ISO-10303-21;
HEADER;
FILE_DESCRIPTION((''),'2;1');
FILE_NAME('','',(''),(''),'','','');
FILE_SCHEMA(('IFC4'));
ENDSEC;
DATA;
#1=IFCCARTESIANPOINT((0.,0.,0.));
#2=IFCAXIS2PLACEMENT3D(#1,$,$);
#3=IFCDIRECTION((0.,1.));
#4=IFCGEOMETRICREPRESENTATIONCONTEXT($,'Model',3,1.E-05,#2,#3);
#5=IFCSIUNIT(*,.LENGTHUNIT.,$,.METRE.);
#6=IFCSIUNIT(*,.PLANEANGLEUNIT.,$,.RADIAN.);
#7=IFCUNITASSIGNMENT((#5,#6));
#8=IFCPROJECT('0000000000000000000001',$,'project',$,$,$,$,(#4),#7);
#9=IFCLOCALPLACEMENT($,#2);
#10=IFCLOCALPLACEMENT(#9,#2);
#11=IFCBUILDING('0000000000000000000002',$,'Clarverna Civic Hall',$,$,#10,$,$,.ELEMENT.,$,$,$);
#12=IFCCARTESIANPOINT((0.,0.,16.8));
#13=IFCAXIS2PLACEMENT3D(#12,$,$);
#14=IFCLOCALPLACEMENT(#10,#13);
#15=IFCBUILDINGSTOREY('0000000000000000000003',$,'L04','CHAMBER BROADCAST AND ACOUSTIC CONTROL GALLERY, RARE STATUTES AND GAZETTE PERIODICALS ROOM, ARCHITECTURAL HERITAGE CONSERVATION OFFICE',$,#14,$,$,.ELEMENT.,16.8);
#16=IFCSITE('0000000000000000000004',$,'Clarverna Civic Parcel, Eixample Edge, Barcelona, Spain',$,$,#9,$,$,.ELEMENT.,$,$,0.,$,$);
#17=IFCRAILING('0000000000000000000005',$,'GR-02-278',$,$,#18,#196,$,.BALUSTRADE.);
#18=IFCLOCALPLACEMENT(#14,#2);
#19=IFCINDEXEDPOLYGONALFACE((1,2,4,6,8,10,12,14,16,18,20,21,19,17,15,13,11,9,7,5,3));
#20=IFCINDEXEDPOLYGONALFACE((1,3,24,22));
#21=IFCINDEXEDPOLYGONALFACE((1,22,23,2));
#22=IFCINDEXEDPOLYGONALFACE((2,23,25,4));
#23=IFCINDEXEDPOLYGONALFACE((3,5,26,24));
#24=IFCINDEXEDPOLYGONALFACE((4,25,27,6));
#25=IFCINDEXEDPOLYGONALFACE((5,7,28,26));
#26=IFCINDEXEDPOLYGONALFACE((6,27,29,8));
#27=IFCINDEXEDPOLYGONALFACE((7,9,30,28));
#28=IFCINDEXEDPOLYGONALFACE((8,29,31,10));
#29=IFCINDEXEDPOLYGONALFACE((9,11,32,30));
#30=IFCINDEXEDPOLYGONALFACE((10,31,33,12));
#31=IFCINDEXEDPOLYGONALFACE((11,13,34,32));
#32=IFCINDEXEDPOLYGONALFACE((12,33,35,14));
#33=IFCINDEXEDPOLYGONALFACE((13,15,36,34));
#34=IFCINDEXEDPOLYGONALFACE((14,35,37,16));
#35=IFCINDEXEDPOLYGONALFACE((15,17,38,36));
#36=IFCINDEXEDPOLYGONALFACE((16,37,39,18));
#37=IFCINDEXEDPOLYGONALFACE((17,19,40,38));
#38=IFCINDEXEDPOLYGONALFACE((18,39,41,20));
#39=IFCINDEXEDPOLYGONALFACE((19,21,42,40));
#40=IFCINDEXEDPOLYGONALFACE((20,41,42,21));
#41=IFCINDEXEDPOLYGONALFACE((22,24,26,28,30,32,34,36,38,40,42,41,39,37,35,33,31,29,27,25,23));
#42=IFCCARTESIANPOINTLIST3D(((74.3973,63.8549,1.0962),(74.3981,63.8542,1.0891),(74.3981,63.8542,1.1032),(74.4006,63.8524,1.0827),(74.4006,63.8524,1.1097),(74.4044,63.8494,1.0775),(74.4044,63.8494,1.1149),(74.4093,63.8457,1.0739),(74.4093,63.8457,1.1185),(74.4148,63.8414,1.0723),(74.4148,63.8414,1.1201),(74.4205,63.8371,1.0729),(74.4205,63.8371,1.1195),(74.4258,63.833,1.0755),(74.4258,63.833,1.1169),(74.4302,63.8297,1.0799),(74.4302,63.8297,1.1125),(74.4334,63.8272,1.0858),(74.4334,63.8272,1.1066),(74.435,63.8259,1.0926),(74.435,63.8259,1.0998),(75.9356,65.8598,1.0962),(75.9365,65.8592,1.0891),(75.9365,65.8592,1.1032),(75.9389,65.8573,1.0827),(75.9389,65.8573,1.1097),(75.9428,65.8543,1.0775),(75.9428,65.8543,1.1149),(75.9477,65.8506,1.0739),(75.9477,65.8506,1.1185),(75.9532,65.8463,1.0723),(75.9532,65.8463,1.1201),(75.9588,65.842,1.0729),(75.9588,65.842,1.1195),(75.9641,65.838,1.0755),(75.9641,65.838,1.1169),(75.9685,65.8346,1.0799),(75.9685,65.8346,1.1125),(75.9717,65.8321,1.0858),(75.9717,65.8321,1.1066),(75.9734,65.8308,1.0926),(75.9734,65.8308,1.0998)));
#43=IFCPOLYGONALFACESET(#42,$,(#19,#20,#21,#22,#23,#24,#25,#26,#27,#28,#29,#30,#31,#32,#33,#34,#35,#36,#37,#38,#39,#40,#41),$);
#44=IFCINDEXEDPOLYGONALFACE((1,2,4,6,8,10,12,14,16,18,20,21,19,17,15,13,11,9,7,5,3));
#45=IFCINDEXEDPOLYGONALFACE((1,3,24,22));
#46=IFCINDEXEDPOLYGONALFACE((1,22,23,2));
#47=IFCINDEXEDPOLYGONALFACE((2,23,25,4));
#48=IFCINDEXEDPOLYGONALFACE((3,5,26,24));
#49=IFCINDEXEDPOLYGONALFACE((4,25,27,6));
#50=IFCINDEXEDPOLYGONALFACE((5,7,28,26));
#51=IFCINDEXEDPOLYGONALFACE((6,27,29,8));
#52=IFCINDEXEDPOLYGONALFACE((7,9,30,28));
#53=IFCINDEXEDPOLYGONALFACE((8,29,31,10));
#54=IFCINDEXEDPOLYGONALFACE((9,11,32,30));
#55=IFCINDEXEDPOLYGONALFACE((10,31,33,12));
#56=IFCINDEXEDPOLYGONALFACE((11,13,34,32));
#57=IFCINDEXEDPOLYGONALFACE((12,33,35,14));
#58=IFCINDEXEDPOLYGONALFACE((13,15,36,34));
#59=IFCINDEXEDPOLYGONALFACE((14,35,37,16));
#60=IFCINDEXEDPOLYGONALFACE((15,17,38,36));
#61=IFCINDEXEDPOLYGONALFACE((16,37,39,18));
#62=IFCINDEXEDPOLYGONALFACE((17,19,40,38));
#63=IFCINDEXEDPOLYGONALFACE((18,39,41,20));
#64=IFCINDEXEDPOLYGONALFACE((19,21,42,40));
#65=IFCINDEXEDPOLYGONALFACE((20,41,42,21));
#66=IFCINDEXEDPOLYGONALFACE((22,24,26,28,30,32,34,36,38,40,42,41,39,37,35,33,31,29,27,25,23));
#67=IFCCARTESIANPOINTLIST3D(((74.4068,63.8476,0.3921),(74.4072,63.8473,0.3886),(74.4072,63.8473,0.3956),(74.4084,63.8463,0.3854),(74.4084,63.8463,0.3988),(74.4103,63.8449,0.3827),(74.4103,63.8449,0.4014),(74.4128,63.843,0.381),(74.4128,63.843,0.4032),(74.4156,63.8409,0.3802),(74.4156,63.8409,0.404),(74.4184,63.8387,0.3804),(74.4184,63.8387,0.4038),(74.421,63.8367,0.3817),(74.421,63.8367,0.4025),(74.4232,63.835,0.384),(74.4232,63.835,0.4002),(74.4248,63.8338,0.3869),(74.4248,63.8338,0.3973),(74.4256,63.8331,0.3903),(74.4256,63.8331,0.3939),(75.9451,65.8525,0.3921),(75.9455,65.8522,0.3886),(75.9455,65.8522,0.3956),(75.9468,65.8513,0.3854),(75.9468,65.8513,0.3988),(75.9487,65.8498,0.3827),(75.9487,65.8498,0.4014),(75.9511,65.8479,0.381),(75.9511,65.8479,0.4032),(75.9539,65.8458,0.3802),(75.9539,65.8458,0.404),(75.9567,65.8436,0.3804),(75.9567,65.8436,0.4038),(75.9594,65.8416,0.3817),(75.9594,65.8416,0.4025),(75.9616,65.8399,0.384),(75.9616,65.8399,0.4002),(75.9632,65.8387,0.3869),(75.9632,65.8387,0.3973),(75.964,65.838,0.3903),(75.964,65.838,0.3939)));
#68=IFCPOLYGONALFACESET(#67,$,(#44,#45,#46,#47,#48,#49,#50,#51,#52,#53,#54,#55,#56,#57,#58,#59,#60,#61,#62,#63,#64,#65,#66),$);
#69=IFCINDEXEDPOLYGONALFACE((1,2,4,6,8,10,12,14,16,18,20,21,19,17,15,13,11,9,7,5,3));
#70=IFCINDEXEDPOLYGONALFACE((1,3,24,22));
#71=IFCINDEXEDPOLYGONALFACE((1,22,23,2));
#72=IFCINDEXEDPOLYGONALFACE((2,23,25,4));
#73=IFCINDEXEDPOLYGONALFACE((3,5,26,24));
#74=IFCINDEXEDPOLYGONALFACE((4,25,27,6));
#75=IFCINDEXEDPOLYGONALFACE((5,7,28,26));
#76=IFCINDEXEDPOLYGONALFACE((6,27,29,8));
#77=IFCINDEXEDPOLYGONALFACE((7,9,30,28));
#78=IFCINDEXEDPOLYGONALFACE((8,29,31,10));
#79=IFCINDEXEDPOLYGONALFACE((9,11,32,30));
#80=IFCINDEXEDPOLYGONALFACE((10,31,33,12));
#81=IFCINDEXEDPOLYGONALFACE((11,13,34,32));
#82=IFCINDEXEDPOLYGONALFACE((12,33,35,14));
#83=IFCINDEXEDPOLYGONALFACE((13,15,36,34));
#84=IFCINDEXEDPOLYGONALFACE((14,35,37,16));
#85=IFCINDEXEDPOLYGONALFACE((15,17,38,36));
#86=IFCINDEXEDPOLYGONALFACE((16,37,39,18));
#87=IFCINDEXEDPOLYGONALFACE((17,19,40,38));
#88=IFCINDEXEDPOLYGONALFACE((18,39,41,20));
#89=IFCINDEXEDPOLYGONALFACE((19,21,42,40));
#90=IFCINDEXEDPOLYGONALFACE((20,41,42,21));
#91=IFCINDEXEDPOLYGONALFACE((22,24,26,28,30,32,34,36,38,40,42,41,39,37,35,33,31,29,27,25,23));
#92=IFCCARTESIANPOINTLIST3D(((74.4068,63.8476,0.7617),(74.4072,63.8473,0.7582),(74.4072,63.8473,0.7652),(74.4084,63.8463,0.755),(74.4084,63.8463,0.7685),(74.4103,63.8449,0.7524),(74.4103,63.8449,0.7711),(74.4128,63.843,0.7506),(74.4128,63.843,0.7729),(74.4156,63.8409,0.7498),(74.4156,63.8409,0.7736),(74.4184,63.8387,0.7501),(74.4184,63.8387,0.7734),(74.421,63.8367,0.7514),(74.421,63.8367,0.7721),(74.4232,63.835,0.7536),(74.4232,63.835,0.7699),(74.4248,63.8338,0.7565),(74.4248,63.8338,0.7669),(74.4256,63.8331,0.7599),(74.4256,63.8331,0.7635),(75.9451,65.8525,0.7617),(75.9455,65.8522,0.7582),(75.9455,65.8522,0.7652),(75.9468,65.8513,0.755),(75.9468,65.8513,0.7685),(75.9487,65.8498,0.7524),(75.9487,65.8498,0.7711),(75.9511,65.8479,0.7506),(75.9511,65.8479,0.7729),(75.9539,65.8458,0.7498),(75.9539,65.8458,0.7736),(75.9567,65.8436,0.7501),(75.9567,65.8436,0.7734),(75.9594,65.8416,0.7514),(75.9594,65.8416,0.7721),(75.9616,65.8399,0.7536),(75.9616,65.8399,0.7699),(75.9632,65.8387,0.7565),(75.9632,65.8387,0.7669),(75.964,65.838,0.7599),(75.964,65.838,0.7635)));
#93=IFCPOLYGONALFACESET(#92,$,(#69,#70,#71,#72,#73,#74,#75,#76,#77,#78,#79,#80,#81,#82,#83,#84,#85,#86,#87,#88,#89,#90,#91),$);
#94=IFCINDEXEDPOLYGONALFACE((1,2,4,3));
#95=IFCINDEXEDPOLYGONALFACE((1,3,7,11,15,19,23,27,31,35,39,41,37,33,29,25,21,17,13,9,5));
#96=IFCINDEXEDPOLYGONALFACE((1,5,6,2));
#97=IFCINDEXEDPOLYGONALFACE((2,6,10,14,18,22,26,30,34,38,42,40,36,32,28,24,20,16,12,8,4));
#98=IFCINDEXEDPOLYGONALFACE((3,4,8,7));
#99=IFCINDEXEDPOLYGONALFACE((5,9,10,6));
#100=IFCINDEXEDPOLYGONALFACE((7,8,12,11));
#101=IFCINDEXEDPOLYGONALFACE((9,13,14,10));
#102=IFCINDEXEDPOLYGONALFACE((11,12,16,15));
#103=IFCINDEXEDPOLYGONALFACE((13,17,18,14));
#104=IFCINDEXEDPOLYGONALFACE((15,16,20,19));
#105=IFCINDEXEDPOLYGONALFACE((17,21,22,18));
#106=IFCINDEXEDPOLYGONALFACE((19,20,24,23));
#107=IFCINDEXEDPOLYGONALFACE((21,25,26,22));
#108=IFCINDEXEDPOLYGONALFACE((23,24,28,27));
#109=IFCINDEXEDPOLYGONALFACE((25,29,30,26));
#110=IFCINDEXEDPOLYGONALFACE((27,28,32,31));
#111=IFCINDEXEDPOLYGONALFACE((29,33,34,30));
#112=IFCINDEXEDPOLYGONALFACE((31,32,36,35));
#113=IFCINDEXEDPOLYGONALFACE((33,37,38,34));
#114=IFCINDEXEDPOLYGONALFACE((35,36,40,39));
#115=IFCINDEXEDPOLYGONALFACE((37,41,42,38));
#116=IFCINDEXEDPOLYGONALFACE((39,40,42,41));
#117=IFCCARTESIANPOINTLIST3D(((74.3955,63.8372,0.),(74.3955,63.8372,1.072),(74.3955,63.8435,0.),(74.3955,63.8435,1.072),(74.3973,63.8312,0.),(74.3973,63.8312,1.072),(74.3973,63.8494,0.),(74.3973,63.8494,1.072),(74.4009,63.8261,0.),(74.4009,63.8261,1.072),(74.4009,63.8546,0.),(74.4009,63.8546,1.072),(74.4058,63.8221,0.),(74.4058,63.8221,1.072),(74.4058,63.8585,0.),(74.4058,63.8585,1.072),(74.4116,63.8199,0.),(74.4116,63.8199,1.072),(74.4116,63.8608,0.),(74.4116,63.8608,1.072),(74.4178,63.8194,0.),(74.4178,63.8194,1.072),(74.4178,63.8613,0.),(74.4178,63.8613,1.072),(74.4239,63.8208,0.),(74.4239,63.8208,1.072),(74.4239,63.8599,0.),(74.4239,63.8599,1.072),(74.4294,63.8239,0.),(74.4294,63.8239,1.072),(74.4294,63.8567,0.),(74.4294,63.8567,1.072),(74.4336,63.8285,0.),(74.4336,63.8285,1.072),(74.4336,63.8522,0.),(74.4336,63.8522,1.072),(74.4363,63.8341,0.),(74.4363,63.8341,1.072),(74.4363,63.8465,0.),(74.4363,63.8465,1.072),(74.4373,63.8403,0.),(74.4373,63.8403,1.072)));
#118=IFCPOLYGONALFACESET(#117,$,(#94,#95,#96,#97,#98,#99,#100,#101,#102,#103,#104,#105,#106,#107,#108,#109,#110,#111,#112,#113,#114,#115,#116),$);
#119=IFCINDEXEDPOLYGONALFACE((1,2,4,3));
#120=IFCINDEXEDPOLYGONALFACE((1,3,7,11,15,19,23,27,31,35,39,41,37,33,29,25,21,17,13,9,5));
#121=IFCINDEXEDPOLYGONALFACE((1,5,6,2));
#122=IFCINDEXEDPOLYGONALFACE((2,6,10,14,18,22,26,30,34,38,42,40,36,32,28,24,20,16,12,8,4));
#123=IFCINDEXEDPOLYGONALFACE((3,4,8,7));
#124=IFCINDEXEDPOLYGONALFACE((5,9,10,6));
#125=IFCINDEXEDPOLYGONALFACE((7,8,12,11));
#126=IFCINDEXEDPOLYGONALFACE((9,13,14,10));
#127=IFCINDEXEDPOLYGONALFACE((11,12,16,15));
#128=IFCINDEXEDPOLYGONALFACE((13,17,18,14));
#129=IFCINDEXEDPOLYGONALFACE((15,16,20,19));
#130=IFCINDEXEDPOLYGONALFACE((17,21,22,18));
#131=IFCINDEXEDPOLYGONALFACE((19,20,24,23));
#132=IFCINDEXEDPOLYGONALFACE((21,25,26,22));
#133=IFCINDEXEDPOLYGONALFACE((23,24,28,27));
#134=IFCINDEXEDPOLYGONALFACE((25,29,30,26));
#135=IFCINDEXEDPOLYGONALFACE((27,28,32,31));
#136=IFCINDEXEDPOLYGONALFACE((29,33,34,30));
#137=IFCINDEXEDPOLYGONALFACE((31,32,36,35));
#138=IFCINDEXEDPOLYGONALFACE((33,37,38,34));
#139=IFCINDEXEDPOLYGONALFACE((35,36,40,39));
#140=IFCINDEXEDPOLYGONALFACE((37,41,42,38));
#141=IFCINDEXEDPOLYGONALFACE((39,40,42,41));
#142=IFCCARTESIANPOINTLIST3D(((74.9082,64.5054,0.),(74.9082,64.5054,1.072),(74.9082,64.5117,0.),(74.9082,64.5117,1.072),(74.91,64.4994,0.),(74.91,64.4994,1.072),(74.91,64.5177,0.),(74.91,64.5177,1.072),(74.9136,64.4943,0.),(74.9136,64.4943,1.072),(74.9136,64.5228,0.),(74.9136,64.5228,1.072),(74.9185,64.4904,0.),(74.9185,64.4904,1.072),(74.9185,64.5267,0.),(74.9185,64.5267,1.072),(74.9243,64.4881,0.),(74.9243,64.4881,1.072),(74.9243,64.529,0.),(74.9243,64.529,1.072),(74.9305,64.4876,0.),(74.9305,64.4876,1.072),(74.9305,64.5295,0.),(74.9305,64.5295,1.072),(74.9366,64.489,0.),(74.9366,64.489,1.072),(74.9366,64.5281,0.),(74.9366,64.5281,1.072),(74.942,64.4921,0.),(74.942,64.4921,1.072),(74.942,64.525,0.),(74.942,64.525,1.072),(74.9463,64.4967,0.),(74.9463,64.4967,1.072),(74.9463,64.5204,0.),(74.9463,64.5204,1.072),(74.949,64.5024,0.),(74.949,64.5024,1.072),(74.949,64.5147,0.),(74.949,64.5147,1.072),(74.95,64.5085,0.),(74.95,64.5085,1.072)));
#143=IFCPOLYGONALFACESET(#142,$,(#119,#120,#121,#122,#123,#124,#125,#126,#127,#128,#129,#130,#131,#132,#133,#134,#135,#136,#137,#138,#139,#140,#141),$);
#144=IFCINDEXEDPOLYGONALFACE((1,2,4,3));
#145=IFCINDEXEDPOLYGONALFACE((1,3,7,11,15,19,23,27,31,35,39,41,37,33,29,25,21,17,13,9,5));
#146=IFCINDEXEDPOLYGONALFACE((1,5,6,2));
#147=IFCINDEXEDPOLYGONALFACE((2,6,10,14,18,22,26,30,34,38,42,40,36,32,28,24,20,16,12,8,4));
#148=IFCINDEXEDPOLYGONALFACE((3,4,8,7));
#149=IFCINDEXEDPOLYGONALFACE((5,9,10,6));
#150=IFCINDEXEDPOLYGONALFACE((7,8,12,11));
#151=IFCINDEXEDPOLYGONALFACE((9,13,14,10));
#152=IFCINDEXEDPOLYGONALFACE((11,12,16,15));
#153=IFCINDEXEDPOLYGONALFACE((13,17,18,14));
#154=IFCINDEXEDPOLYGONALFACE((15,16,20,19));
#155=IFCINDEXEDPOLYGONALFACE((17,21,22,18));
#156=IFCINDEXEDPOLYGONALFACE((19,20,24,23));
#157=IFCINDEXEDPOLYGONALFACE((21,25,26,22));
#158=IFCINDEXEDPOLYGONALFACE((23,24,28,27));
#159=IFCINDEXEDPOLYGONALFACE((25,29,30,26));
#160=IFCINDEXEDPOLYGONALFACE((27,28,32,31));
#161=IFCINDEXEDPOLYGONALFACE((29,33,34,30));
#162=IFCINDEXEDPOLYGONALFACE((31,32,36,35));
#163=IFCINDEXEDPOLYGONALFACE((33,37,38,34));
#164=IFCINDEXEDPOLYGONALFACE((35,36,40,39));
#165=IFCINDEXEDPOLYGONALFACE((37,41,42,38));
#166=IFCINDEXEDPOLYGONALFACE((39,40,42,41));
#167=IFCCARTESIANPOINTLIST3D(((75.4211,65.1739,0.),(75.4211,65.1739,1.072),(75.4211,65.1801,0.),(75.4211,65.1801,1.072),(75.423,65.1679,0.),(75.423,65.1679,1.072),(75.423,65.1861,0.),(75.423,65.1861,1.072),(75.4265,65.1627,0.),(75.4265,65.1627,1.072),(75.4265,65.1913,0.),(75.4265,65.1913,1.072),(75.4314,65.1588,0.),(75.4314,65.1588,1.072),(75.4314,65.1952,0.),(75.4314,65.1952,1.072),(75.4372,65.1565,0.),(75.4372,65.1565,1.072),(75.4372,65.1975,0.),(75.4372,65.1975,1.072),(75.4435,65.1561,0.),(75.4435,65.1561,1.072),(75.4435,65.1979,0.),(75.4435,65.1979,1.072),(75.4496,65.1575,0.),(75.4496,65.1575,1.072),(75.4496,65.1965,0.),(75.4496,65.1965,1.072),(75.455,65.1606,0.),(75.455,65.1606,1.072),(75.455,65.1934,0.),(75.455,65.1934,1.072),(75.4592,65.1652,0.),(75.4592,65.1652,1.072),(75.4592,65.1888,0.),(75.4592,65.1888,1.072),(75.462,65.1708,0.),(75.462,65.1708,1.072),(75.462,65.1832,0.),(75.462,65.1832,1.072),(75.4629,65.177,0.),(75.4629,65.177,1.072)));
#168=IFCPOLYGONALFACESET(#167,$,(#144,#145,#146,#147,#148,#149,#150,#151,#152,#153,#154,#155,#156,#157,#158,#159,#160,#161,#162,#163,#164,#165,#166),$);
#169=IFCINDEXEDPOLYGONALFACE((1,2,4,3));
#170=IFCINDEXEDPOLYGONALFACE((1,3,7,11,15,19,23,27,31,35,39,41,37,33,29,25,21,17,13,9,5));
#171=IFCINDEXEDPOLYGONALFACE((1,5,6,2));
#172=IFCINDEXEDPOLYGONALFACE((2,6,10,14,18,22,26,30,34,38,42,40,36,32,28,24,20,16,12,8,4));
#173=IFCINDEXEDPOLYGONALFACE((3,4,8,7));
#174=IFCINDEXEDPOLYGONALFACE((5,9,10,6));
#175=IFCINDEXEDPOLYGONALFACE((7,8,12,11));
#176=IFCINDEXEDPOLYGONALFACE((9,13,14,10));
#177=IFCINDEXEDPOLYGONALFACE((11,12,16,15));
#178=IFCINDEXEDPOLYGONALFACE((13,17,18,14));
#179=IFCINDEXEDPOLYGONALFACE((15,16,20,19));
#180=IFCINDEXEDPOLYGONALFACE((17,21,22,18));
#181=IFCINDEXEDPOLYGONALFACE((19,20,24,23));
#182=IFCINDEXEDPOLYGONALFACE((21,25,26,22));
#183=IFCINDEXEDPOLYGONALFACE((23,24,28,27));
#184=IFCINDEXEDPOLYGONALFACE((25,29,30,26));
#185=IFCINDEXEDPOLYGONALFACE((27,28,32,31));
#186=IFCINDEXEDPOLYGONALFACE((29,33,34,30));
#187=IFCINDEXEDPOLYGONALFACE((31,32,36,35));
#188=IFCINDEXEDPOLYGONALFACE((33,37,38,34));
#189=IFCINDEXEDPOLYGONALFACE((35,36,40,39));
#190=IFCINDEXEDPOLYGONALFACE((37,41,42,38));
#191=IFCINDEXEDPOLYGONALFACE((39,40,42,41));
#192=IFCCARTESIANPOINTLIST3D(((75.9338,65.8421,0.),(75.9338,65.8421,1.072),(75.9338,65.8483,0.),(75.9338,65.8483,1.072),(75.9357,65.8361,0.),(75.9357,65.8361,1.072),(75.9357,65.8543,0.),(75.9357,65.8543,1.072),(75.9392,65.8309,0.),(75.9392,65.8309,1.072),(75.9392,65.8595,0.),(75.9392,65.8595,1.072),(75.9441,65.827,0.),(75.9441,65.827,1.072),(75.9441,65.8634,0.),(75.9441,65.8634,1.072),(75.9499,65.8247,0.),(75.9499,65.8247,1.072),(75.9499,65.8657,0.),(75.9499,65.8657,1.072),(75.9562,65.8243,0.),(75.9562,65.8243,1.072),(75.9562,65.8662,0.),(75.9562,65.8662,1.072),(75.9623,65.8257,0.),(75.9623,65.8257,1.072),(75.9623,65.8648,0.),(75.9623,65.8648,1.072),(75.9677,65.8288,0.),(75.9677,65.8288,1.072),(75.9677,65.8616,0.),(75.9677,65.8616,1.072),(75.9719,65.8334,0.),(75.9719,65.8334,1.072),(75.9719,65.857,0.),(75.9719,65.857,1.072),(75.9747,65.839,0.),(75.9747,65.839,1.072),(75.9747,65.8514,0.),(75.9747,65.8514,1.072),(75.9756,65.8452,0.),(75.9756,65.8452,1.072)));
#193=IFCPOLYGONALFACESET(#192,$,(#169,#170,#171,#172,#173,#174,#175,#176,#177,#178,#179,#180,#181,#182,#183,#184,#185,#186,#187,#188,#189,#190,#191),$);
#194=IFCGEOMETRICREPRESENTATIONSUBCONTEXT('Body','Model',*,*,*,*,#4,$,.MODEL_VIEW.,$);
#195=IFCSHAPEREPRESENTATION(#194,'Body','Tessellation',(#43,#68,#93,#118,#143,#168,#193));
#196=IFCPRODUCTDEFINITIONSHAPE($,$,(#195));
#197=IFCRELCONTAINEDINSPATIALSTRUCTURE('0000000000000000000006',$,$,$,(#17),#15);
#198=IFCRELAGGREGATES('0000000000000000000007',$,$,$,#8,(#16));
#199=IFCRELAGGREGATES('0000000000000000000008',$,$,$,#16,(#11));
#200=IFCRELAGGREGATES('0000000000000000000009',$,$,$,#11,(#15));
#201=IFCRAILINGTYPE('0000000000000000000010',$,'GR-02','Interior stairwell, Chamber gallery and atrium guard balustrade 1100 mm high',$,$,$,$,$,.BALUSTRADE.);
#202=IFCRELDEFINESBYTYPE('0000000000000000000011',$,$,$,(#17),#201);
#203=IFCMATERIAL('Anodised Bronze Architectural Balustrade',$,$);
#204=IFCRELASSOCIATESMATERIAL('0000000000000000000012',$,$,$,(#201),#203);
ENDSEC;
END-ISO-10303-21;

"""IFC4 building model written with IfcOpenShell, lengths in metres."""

from ifc_helpers import new_model, si_unit, direction, frame, origin, origin_2d, place, context, subcontext, project, spatial, circle, extrude, material, type_object, element, save


model = new_model("IFC4")

# Units and contexts
model_context = context("Model", 3, precision=1e-05, world=origin(), true_north=direction((0.0, 1.0)))
body_context = subcontext(model_context, "Body", "Model", "MODEL_VIEW")
ifc_project = project(units=[si_unit("LENGTHUNIT", "METRE"), si_unit("PLANEANGLEUNIT", "RADIAN")], contexts=[model_context])

# Site, building, storey
site_placement = place(None, origin())
site = spatial("IfcSite", under=ifc_project, at=site_placement, Name="Clarverna Civic Parcel, Eixample Edge, Barcelona, Spain", CompositionType="ELEMENT", RefElevation=0.0)
building_placement = place(site_placement, origin())
building = spatial("IfcBuilding", under=site, at=building_placement, Name="Clarverna Civic Hall", CompositionType="ELEMENT")
storey_placement = place(building_placement, frame((0.0, 0.0, 16.8)))
storey = spatial("IfcBuildingStorey", under=building, at=storey_placement, Name="L04", Description="CHAMBER BROADCAST AND ACOUSTIC CONTROL GALLERY, RARE STATUTES AND GAZETTE PERIODICALS ROOM, ARCHITECTURAL HERITAGE CONSERVATION OFFICE", CompositionType="ELEMENT", Elevation=16.8)

# Railing
ifc_material_1 = material(Name="Anodised Bronze Architectural Balustrade")
railing_type = type_object("IfcRailingType", Name="GR-02", Description="Interior stairwell, Chamber gallery and atrium guard balustrade 1100 mm high", PredefinedType="BALUSTRADE", material=ifc_material_1)
railing_1_placement = place(storey_placement, frame((74.4163, 63.8403, 0.0)))
element("IfcRailing", 1, at=railing_1_placement, inside=storey, type_object=railing_type, Name="GR-02-278", PredefinedType="BALUSTRADE", context=body_context, shape_type="SweptSolid", body=[
    extrude(circle(Radius=0.0239, at=origin_2d()), frame((0.0, 0.0, 1.0962), z_axis=(0.608744, 0.793367, 0.0), x_axis=(-0.793367, 0.608744, 0.0)), (0.0, 0.0, 1.0), 2.5271),
    extrude(circle(Radius=0.012, at=origin_2d()), frame((0.0, 0.0, 0.3921), z_axis=(0.608744, 0.793367, 0.0), x_axis=(-0.793367, 0.608744, 0.0)), (0.0, 0.0, 1.0), 2.5271),
    extrude(circle(Radius=0.012, at=origin_2d()), frame((0.0, 0.0, 0.7617), z_axis=(0.608744, 0.793367, 0.0), x_axis=(-0.793367, 0.608744, 0.0)), (0.0, 0.0, 1.0), 2.5271),
    extrude(circle(Radius=0.021, at=origin_2d()), origin(), (0.0, 0.0, 1.0), 1.072),
    extrude(circle(Radius=0.021, at=origin_2d()), frame((0.5127, 0.6682, 0.0)), (0.0, 0.0, 1.0), 1.072),
    extrude(circle(Radius=0.021, at=origin_2d()), frame((1.0256, 1.3367, 0.0)), (0.0, 0.0, 1.0), 1.072),
    extrude(circle(Radius=0.021, at=origin_2d()), frame((1.5383, 2.0049, 0.0)), (0.0, 0.0, 1.0), 1.072),
])

save(model, "model.ifc")
